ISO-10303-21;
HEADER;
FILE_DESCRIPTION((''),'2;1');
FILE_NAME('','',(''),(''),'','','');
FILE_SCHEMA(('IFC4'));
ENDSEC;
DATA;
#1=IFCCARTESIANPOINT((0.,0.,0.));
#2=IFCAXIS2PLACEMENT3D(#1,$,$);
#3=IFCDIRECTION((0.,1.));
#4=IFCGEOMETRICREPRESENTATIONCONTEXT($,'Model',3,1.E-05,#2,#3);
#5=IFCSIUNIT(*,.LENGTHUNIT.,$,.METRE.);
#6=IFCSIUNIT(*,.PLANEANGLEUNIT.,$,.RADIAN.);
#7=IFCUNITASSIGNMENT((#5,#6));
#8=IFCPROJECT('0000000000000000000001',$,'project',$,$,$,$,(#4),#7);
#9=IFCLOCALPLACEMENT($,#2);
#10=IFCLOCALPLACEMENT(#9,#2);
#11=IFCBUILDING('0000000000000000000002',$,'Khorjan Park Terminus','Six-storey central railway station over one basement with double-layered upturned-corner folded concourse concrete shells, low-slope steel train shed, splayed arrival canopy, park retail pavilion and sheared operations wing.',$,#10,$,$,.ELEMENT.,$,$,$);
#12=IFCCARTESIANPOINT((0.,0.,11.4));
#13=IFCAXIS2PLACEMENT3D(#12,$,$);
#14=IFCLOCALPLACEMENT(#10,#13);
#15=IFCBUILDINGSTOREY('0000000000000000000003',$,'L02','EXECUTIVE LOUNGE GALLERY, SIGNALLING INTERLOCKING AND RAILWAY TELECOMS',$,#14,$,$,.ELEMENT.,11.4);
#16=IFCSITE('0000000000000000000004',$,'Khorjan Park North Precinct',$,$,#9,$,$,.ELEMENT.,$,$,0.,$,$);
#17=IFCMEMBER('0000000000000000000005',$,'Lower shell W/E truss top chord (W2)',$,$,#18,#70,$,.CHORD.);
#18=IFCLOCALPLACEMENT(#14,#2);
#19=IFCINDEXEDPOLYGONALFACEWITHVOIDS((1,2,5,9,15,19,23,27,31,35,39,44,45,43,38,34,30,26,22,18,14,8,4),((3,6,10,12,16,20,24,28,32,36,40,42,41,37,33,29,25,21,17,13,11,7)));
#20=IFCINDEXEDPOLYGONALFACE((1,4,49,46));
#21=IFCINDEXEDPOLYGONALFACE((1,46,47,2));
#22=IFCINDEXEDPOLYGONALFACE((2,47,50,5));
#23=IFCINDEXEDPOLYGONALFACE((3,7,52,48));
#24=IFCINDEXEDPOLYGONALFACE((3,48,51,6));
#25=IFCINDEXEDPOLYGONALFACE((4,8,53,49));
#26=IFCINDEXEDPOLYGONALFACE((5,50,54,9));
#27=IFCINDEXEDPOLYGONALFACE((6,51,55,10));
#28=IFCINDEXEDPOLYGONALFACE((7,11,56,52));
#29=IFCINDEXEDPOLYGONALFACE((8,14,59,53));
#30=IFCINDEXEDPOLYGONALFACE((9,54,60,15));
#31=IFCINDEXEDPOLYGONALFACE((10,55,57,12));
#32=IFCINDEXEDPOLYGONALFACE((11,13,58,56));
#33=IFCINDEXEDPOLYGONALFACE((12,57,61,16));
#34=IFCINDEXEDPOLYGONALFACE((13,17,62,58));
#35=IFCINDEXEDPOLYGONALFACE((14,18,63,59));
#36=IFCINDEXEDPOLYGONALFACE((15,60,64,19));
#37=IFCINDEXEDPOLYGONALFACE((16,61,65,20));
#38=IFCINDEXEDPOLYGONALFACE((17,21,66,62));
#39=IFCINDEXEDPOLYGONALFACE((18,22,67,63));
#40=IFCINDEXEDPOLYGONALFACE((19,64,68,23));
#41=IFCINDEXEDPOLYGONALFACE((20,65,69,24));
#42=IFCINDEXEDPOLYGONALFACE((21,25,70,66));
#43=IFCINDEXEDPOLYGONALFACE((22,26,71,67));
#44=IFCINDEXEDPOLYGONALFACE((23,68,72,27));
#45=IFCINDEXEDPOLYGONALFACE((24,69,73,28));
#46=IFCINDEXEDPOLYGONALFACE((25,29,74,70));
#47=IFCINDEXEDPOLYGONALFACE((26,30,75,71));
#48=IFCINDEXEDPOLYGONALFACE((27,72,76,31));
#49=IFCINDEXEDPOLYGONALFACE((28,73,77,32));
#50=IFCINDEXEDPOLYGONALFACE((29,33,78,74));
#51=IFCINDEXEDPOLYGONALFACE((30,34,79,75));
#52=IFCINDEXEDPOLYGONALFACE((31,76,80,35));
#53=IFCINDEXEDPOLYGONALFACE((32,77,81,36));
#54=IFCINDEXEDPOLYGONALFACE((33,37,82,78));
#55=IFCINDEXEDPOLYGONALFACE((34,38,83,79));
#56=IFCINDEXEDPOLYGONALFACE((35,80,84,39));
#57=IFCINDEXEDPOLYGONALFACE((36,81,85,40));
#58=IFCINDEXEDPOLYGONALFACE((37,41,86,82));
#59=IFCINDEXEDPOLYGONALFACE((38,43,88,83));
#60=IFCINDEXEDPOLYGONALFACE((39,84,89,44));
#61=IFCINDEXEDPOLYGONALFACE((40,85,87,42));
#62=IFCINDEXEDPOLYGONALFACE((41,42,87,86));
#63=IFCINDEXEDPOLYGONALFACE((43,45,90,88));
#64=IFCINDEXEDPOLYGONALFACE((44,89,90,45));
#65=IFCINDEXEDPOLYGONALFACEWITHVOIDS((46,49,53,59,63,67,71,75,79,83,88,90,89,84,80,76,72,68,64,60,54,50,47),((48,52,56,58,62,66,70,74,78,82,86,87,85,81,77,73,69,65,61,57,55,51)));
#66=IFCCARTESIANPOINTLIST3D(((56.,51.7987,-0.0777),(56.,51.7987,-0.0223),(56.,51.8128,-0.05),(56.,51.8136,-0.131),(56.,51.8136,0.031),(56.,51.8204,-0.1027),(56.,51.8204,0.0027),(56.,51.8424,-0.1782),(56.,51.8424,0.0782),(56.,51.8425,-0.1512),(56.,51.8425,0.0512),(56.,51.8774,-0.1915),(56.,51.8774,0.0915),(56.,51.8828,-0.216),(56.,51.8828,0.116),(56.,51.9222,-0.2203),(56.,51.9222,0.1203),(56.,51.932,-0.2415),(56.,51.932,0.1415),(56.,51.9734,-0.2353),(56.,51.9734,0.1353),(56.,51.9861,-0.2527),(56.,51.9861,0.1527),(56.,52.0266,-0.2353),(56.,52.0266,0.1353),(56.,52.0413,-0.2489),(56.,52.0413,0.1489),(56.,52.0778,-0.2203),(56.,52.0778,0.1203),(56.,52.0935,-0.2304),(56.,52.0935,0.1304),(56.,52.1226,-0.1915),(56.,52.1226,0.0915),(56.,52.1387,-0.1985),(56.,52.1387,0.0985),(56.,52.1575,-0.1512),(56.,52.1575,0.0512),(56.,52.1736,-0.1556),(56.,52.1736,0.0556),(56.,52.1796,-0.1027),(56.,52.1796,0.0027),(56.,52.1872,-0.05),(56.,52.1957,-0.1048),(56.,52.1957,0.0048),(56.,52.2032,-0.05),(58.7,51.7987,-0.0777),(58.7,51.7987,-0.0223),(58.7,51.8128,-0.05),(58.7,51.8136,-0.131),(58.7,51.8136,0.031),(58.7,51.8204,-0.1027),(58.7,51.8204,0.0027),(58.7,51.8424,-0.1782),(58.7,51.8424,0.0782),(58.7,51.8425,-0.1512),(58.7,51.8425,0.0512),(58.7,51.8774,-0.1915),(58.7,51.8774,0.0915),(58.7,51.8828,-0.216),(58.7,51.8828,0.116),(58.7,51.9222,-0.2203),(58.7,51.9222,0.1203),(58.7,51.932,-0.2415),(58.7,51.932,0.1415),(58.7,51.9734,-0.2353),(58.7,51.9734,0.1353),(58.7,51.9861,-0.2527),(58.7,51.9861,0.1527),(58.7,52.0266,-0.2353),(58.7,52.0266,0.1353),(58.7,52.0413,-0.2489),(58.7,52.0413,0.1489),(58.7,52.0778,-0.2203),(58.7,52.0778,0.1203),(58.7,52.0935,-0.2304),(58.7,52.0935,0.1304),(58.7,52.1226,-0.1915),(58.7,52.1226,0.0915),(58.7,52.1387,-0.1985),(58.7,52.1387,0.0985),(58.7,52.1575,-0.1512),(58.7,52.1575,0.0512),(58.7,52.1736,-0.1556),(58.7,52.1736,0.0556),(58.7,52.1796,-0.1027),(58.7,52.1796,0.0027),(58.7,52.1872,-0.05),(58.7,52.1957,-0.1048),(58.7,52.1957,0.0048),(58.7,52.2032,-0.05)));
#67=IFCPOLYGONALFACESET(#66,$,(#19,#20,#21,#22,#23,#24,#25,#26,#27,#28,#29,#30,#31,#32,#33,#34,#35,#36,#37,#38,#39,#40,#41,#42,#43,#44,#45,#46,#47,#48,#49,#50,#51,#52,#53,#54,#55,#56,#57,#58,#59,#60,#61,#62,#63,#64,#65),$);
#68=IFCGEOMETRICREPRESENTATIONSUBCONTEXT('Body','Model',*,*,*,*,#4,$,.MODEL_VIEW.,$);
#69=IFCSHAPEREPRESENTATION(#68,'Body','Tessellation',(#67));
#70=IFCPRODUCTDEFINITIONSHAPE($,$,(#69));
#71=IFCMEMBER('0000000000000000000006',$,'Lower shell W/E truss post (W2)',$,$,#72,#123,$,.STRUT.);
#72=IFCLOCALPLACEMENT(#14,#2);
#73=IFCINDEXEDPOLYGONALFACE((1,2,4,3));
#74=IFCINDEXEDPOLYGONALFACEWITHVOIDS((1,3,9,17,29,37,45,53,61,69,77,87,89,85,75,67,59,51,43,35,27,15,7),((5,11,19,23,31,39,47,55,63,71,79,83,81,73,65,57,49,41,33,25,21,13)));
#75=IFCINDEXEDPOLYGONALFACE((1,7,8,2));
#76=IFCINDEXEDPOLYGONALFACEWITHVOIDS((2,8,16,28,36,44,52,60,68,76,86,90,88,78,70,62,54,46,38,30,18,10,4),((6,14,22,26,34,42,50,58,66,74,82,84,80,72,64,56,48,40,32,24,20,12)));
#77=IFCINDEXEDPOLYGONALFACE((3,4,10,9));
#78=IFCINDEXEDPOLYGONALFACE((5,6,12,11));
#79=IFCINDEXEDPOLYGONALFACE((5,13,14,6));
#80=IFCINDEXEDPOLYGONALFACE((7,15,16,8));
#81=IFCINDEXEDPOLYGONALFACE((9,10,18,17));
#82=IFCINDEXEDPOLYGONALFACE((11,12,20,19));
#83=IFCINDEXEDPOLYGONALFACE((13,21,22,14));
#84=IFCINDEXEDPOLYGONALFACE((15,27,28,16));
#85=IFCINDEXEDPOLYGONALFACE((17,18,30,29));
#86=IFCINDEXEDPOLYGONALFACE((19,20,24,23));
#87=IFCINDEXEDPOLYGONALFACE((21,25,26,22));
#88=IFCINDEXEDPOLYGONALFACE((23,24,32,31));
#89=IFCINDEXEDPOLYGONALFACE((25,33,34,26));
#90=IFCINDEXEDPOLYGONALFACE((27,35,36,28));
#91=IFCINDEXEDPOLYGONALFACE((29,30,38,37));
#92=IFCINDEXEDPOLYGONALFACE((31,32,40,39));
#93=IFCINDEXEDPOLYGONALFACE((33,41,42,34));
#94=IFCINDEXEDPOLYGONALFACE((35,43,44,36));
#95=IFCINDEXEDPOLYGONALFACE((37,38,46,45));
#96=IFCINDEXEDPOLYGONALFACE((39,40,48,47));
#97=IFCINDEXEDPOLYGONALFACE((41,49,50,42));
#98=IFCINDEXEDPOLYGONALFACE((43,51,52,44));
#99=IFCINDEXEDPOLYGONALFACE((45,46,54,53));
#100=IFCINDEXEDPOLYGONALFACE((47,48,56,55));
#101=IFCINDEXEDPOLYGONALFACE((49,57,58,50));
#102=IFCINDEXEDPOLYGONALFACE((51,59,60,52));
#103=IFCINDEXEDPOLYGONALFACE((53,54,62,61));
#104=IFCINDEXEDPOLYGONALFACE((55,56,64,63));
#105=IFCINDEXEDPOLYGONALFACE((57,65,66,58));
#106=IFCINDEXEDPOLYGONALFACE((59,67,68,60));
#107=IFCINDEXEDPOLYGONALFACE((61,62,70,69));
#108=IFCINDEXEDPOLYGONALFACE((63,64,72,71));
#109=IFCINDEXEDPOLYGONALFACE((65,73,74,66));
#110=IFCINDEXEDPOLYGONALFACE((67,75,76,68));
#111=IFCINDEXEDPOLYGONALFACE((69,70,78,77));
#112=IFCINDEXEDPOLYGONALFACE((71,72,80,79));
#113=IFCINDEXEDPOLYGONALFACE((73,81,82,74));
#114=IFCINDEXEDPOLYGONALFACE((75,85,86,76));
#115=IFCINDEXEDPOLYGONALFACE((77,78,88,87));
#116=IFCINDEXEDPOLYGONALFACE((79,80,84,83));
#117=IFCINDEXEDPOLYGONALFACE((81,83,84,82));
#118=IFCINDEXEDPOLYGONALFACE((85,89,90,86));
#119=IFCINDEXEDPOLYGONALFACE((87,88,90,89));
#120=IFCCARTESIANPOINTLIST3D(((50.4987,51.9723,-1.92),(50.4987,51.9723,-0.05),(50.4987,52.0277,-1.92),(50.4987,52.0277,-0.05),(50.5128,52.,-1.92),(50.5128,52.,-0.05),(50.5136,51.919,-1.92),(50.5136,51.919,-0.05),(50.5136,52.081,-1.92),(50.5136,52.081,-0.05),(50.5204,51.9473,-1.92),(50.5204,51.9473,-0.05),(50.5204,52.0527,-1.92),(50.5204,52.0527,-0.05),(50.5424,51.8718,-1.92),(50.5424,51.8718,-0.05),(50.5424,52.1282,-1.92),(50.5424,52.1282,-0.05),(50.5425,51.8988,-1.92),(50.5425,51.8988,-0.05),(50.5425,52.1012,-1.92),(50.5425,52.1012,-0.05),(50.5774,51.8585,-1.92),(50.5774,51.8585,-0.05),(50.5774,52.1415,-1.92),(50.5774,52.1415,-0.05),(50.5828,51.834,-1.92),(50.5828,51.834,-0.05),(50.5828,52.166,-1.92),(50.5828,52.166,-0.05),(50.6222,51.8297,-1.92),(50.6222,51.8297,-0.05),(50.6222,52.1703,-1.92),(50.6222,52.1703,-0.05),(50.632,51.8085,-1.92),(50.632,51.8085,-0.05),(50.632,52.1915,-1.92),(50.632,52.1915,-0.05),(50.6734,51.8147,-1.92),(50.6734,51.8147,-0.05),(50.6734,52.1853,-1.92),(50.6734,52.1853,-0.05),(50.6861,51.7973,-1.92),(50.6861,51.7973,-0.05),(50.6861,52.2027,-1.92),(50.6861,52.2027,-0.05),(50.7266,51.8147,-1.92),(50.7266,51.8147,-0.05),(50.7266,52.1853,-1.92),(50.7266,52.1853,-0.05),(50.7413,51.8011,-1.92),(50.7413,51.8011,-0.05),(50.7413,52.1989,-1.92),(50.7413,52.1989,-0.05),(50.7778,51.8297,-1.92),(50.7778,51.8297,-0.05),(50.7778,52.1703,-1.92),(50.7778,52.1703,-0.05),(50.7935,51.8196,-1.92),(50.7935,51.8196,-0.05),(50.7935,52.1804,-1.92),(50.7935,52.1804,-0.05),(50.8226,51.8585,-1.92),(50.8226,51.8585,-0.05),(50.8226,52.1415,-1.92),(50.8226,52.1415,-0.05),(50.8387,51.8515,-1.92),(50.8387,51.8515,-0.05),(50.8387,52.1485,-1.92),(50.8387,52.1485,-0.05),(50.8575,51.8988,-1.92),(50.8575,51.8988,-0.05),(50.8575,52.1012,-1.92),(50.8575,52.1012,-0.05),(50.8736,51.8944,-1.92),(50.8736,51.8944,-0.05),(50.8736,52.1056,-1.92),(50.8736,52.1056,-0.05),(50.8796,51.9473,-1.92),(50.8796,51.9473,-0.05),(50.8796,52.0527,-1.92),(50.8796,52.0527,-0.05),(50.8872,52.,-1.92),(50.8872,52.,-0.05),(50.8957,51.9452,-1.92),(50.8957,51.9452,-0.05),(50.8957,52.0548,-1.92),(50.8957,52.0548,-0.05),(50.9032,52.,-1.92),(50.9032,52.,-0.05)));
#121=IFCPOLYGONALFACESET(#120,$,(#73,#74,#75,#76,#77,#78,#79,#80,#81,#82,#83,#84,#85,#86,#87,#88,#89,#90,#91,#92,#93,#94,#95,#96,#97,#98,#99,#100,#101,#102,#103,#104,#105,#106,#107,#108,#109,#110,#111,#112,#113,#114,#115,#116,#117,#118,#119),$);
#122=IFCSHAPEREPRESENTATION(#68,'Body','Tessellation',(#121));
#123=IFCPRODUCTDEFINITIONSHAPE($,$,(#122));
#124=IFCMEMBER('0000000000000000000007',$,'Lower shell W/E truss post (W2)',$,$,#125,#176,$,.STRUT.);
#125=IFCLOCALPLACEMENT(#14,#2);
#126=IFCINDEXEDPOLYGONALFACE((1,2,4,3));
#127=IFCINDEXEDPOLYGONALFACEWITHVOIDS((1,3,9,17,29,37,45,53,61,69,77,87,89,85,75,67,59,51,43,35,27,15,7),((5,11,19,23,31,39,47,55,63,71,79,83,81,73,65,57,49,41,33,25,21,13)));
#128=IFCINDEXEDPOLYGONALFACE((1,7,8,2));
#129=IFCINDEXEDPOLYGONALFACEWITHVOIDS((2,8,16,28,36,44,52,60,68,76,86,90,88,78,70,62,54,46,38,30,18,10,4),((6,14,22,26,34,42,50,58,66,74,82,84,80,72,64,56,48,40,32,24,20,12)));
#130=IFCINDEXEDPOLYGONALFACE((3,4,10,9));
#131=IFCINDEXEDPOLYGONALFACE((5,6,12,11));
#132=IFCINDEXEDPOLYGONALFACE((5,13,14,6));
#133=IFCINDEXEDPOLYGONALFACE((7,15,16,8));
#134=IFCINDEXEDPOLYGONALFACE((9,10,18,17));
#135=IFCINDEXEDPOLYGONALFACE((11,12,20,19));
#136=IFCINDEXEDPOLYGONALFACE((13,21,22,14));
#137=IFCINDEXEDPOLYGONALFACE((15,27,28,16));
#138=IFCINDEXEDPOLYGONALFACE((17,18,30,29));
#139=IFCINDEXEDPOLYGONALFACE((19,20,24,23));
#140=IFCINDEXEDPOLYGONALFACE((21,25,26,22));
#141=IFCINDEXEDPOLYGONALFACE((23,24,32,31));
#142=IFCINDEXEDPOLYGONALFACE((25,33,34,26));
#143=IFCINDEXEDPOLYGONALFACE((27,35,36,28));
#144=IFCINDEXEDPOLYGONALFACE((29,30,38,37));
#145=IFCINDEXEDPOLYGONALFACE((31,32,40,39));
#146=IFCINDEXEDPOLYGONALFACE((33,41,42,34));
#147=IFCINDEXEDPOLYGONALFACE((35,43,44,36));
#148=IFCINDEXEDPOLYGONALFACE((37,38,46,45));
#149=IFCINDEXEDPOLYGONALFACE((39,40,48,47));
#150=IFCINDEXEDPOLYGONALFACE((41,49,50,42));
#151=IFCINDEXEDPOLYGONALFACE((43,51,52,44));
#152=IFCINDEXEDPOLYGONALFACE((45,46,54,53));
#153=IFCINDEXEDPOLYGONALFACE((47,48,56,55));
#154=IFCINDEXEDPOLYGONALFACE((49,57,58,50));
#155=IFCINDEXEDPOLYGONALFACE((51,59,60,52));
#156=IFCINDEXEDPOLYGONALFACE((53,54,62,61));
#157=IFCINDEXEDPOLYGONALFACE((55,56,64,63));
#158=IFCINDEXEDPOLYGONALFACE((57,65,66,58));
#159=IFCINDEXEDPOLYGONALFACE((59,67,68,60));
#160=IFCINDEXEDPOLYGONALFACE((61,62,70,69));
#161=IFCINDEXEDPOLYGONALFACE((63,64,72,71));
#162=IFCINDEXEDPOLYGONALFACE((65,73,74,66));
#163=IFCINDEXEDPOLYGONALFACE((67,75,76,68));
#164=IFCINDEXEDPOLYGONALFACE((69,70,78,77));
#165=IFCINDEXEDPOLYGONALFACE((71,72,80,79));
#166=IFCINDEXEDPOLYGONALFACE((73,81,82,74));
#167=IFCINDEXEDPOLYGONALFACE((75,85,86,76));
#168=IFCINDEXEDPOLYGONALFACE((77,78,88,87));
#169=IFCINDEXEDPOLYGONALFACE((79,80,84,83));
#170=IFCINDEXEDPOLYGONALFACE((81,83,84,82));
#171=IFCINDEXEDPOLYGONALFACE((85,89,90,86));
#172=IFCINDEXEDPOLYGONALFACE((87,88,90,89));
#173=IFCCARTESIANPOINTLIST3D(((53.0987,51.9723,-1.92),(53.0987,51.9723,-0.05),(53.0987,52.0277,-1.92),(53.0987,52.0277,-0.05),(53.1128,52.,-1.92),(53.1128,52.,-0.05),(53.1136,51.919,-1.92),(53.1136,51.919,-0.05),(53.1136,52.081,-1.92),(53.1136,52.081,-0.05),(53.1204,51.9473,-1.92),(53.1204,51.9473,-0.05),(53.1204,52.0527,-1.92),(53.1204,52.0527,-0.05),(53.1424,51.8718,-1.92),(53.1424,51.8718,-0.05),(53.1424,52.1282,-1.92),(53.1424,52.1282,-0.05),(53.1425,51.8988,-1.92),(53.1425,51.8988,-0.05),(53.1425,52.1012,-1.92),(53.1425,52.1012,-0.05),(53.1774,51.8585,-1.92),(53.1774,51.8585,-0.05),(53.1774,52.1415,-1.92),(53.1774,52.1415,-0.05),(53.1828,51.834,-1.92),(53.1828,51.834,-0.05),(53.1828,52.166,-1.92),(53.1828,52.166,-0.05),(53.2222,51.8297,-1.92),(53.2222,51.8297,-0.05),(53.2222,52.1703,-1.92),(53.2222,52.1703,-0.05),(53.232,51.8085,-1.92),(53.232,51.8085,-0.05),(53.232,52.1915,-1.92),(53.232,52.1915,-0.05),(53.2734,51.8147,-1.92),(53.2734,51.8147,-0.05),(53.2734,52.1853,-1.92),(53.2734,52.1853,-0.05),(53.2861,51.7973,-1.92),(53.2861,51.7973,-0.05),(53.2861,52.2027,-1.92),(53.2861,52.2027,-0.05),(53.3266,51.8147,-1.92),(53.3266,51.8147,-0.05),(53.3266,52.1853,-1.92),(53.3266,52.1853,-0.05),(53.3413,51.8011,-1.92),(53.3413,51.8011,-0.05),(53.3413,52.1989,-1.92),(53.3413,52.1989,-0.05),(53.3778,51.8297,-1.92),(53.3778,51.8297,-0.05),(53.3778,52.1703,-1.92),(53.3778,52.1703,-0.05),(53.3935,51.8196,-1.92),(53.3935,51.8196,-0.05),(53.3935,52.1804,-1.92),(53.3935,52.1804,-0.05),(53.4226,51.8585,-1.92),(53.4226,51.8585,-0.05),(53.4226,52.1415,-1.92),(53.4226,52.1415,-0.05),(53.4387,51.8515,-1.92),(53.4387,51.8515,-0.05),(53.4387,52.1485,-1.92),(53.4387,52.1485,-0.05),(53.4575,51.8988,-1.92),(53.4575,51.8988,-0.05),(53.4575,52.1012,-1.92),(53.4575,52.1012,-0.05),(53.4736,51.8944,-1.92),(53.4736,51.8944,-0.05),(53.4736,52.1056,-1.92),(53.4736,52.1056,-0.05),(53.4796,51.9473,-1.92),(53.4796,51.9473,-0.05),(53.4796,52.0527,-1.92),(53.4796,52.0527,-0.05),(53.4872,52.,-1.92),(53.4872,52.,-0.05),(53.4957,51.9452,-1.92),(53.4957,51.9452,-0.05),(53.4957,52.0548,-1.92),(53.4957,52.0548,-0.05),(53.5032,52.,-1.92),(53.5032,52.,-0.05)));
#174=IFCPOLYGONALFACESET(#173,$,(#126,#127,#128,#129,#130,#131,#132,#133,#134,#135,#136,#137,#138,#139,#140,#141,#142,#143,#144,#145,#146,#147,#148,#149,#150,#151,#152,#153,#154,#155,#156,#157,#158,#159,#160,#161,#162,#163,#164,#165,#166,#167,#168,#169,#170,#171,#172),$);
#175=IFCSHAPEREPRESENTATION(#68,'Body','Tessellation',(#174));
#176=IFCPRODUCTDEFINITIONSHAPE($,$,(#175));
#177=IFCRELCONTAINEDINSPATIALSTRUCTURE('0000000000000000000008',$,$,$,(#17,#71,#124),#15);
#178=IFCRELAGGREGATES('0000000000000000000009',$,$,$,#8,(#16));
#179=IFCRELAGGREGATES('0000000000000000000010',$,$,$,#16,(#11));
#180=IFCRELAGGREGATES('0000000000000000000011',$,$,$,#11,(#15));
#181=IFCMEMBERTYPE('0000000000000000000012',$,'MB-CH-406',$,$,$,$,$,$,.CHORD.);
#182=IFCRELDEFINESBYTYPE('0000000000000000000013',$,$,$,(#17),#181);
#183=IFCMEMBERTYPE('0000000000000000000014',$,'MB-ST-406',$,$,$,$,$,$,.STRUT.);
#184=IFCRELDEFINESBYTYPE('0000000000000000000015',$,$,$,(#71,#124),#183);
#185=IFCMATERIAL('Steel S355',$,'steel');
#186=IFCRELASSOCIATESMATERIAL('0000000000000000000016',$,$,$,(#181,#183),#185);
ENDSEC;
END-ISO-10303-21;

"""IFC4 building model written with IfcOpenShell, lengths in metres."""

from ifc_helpers import new_model, si_unit, direction, frame, origin, origin_2d, place, context, subcontext, project, spatial, hollow_circle, extrude, material, material_profile, profile_set, type_object, element, save


model = new_model("IFC4")

# Units and contexts
model_context = context("Model", 3, precision=1e-05, world=origin(), true_north=direction((0.0, 1.0)))
body_context = subcontext(model_context, "Body", "Model", "MODEL_VIEW")
ifc_project = project(units=[si_unit("LENGTHUNIT", "METRE"), si_unit("PLANEANGLEUNIT", "RADIAN")], contexts=[model_context])

# Site, building, storey
site_placement = place(None, origin())
site = spatial("IfcSite", under=ifc_project, at=site_placement, Name="Khorjan Park North Precinct", CompositionType="ELEMENT", RefElevation=0.0)
building_placement = place(site_placement, origin())
building = spatial("IfcBuilding", under=site, at=building_placement, Name="Khorjan Park Terminus", Description="Six-storey central railway station over one basement with double-layered upturned-corner folded concourse concrete shells, low-slope steel train shed, splayed arrival canopy, park retail pavilion and sheared operations wing.", CompositionType="ELEMENT")
storey_placement = place(building_placement, frame((0.0, 0.0, 11.4)))
storey = spatial("IfcBuildingStorey", under=building, at=storey_placement, Name="L02", Description="EXECUTIVE LOUNGE GALLERY, SIGNALLING INTERLOCKING AND RAILWAY TELECOMS", CompositionType="ELEMENT", Elevation=11.4)

# Shared definitions
ifc_material_1 = material(Name="Steel S355", Category="steel")

# Members
ifc_material_profile_1 = material_profile(ifc_material_1, hollow_circle(Radius=0.2032, WallThickness=0.016, at=origin_2d()), Name="CHS 406.4x16")
ifc_profile_set_1 = profile_set([ifc_material_profile_1], Name="Steel S355")
member_type_1 = type_object("IfcMemberType", Name="MB-CH-406", PredefinedType="CHORD", material=ifc_profile_set_1)
for number, where, z_axis, x_axis, name in (
    (1, (56.0, 52.0, -0.05), (1.0, 0.0, 0.0), (0.0, 1.0, 0.0), "Lower shell W/E truss top chord (W2)"),
):
    element("IfcMember", number, at=place(storey_placement, frame(where, z_axis=z_axis, x_axis=x_axis)), inside=storey, type_object=member_type_1, Name=name, PredefinedType="CHORD", context=body_context, shape_type="SweptSolid", body=[
        extrude(hollow_circle(Radius=0.2032, WallThickness=0.016, at=origin_2d()), origin(), (0.0, 0.0, 1.0), 2.7),
    ])
ifc_material_profile_2 = material_profile(ifc_material_1, hollow_circle(Radius=0.2032, WallThickness=0.016, at=origin_2d()), Name="CHS 406.4x16")
ifc_profile_set_2 = profile_set([ifc_material_profile_2], Name="Steel S355")
member_type_2 = type_object("IfcMemberType", Name="MB-ST-406", PredefinedType="STRUT", material=ifc_profile_set_2)
for number, where, z_axis, x_axis, name in (
    (2, (50.7, 52.0, -1.92), (0.0, 0.0, 1.0), (1.0, 0.0, 0.0), "Lower shell W/E truss post (W2)"),
    (3, (53.3, 52.0, -1.92), (0.0, 0.0, 1.0), (1.0, 0.0, 0.0), "Lower shell W/E truss post (W2)"),
):
    element("IfcMember", number, at=place(storey_placement, frame(where, z_axis=z_axis, x_axis=x_axis)), inside=storey, type_object=member_type_2, Name=name, PredefinedType="STRUT", context=body_context, shape_type="SweptSolid", body=[
        extrude(hollow_circle(Radius=0.2032, WallThickness=0.016, at=origin_2d()), origin(), (0.0, 0.0, 1.0), 1.87),
    ])

save(model, "model.ifc")
